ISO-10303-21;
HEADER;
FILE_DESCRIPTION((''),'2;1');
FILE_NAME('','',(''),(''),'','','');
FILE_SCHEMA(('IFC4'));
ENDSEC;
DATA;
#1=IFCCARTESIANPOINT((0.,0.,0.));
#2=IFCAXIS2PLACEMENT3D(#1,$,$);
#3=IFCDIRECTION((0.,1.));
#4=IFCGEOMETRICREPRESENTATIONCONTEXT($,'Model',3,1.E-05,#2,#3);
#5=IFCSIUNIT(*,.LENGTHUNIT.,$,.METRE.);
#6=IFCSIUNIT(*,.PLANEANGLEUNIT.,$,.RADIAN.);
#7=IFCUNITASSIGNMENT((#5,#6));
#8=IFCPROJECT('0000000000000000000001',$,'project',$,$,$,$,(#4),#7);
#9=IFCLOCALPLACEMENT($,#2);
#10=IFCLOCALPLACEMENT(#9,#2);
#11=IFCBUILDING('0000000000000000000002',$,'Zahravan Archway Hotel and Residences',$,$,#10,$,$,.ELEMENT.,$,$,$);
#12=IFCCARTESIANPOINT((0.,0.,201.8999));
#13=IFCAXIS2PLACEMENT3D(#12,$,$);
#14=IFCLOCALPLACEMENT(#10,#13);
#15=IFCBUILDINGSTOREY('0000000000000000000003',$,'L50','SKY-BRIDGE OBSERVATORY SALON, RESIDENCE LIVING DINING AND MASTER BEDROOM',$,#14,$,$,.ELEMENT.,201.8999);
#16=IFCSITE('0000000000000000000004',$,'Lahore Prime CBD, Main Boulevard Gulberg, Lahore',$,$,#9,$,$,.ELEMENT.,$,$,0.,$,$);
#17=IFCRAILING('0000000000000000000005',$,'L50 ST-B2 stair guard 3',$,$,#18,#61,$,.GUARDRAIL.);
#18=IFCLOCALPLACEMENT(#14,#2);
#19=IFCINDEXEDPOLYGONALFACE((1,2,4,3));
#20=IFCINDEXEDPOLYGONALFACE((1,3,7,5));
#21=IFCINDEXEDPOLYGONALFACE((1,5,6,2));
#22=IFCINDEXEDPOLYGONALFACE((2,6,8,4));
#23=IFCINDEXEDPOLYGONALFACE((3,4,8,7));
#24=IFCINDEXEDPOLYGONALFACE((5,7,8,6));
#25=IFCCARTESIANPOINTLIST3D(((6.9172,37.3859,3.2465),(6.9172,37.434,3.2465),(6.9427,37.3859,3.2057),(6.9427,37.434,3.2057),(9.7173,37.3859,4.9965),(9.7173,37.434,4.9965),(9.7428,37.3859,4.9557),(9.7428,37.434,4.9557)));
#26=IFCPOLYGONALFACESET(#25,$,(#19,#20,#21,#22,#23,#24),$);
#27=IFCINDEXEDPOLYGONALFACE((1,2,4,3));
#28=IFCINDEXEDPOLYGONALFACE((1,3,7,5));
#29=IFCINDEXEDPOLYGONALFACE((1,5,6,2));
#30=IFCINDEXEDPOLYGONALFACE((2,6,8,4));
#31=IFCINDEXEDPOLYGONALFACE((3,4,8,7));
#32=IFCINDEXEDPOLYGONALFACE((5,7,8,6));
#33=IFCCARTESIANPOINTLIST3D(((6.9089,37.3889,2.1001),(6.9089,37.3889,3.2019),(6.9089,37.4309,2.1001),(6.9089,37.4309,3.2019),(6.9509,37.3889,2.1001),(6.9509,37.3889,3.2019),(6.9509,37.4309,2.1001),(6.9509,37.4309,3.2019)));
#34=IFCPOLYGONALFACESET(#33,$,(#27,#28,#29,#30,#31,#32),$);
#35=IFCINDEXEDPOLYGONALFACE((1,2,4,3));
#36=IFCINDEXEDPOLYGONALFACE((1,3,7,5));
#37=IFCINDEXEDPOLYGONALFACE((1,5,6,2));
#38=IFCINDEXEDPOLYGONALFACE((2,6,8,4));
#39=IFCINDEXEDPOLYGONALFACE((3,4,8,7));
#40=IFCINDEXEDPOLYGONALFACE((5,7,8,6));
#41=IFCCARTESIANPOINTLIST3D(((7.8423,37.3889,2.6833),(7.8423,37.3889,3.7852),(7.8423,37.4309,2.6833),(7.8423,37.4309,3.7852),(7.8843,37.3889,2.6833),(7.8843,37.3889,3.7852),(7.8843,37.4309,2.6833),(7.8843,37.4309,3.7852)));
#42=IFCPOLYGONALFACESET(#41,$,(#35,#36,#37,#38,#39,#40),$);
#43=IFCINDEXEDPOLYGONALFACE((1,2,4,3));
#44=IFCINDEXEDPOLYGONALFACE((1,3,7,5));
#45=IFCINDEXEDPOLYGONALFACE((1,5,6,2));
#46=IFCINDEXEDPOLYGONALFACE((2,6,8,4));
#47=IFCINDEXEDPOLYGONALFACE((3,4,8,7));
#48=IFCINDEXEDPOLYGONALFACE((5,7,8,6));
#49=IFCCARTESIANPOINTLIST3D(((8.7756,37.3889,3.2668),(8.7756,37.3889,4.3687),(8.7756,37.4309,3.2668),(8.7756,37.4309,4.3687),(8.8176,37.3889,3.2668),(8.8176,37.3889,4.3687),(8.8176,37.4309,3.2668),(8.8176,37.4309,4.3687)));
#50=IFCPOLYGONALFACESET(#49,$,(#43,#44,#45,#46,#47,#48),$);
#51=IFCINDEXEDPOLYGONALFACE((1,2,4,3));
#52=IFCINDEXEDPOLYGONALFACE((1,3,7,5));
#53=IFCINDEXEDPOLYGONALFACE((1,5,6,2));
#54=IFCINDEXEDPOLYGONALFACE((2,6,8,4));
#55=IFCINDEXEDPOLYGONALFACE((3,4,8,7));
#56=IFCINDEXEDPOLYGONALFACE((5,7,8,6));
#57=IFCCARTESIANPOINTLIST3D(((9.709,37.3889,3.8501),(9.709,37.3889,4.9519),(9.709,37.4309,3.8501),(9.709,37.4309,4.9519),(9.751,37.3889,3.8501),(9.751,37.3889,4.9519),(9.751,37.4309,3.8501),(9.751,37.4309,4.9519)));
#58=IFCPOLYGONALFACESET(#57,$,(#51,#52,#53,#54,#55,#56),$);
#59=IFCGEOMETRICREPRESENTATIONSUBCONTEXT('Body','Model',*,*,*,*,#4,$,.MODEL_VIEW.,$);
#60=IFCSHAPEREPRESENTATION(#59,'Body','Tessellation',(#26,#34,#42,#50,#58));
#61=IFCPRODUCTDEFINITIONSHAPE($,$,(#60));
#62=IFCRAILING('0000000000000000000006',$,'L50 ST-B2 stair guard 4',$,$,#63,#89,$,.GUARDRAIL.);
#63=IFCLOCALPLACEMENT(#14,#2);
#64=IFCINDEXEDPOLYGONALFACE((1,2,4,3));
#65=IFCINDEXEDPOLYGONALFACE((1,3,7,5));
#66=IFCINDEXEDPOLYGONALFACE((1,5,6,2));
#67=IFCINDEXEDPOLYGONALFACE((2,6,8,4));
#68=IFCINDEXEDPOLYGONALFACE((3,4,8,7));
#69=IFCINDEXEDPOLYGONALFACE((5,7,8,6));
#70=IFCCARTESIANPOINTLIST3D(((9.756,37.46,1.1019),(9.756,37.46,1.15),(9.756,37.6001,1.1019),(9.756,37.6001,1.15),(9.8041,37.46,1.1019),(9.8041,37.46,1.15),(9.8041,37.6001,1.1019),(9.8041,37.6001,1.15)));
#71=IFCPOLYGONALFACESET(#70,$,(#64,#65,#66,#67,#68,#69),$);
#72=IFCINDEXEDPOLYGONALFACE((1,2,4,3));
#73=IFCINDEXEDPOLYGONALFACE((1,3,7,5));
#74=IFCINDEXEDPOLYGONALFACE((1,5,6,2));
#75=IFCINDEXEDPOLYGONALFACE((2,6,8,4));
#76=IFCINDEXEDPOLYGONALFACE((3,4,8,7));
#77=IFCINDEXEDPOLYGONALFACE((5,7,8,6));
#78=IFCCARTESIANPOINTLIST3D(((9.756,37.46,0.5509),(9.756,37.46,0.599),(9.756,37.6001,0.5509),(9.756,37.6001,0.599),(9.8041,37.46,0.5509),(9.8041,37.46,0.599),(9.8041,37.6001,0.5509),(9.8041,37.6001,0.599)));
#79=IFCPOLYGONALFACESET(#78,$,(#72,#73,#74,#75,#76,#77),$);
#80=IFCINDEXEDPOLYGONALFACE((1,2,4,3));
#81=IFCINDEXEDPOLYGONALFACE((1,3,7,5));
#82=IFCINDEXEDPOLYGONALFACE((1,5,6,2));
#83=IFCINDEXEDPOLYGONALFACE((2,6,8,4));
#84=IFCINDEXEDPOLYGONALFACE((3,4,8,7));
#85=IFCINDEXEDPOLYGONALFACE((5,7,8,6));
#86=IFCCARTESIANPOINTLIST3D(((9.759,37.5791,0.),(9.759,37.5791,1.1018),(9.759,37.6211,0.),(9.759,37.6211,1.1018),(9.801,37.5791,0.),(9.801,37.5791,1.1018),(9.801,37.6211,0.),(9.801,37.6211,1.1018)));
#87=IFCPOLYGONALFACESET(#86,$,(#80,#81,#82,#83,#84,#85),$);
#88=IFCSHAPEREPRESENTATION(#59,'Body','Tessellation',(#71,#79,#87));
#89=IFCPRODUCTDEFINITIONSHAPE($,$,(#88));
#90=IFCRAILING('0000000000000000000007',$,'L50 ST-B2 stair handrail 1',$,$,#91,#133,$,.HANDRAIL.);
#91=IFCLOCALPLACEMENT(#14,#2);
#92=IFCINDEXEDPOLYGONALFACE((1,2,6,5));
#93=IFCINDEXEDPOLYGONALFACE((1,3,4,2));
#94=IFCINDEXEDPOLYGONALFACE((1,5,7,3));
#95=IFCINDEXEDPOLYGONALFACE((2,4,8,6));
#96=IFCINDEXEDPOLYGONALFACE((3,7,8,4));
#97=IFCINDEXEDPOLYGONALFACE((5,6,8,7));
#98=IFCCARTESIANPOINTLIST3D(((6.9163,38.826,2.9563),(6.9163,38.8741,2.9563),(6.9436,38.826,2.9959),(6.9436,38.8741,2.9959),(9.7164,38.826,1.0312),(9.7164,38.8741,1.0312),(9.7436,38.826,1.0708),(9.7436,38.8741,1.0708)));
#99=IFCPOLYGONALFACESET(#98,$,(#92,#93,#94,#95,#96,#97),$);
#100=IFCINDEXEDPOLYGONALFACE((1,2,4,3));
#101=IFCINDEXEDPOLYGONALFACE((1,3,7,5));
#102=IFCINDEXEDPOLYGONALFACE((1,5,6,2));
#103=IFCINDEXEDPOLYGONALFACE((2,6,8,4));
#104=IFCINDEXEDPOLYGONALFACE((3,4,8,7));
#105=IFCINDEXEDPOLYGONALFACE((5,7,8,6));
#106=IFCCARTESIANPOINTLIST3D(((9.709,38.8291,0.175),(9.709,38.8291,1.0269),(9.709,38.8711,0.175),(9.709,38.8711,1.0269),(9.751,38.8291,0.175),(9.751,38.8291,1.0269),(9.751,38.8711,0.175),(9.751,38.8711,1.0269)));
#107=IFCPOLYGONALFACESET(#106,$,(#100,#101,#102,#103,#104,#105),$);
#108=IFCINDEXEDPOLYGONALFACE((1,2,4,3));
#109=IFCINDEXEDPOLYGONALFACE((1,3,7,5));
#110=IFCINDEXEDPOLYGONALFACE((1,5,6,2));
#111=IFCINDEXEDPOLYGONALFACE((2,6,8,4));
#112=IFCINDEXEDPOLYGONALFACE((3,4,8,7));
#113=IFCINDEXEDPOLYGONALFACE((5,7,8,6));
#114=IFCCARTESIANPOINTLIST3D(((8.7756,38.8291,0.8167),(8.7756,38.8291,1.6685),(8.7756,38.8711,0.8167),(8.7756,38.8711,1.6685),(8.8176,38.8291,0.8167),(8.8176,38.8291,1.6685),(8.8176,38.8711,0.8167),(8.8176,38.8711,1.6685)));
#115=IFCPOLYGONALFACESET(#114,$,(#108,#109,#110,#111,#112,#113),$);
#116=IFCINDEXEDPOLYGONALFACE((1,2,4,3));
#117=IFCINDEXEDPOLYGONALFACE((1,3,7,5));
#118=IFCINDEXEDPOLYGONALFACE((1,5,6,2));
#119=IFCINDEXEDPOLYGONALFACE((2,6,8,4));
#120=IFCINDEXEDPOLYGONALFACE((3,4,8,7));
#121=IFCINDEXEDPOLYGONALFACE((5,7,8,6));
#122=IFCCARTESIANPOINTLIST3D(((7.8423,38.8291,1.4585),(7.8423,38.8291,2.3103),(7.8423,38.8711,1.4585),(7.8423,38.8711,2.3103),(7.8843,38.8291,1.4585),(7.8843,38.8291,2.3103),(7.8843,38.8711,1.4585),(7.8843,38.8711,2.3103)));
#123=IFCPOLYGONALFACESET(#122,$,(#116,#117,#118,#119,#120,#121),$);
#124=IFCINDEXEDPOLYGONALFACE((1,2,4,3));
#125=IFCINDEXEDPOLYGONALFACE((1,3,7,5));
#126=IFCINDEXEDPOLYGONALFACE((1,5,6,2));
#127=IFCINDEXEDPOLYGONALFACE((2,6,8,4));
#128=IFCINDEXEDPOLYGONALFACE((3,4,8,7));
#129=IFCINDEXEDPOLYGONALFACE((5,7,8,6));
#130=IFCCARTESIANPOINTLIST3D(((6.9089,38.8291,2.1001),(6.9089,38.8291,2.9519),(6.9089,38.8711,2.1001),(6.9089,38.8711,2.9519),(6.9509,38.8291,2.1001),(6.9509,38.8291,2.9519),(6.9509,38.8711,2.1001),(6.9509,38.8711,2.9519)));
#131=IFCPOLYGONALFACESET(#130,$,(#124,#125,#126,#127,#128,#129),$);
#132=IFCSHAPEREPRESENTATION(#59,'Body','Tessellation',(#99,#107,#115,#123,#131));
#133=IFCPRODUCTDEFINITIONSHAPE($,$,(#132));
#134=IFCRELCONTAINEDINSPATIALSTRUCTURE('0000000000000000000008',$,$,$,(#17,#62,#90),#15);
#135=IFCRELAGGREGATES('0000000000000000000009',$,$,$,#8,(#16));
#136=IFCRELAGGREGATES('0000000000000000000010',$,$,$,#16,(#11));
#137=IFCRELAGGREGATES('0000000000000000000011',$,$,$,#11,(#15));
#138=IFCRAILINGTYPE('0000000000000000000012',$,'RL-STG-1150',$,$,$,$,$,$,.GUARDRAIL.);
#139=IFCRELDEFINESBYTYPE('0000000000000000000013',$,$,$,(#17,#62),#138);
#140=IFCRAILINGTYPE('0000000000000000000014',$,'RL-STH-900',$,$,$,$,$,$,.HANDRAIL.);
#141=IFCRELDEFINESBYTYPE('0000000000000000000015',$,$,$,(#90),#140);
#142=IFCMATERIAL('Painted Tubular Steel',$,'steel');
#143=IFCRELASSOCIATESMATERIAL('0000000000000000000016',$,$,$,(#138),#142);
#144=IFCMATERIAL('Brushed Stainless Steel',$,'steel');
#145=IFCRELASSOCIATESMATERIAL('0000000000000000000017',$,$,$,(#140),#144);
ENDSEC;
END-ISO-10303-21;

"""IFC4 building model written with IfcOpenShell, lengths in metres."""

from ifc_helpers import new_model, si_unit, direction, frame, origin, origin_2d, place, context, subcontext, project, spatial, rectangle, extrude, material, type_object, element, save


model = new_model("IFC4")

# Units and contexts
model_context = context("Model", 3, precision=1e-05, world=origin(), true_north=direction((0.0, 1.0)))
body_context = subcontext(model_context, "Body", "Model", "MODEL_VIEW")
ifc_project = project(units=[si_unit("LENGTHUNIT", "METRE"), si_unit("PLANEANGLEUNIT", "RADIAN")], contexts=[model_context])

# Site, building, storey
site_placement = place(None, origin())
site = spatial("IfcSite", under=ifc_project, at=site_placement, Name="Lahore Prime CBD, Main Boulevard Gulberg, Lahore", CompositionType="ELEMENT", RefElevation=0.0)
building_placement = place(site_placement, origin())
building = spatial("IfcBuilding", under=site, at=building_placement, Name="Zahravan Archway Hotel and Residences", CompositionType="ELEMENT")
storey_placement = place(building_placement, frame((0.0, 0.0, 201.8999)))
storey = spatial("IfcBuildingStorey", under=building, at=storey_placement, Name="L50", Description="SKY-BRIDGE OBSERVATORY SALON, RESIDENCE LIVING DINING AND MASTER BEDROOM", CompositionType="ELEMENT", Elevation=201.8999)

# Railings
ifc_material_1 = material(Name="Painted Tubular Steel", Category="steel")
railing_type_1 = type_object("IfcRailingType", Name="RL-STG-1150", PredefinedType="GUARDRAIL", material=ifc_material_1)
railing_1_placement = place(storey_placement, frame((6.9299, 37.4099, 2.1001)))
element("IfcRailing", 1, at=railing_1_placement, inside=storey, type_object=railing_type_1, Name="L50 ST-B2 stair guard 3", PredefinedType="GUARDRAIL", context=body_context, shape_type="SweptSolid", body=[
    extrude(rectangle(XDim=0.0481, YDim=0.0481, at=origin_2d()), frame((0.0, 0.0, 1.126), z_axis=(0.848002, 0.0, 0.529992), x_axis=(0.0, 1.0, 0.0)), (0.0, 0.0, 1.0), 3.302),
    extrude(rectangle(XDim=0.042, YDim=0.042, at=origin_2d()), origin(), (0.0, 0.0, 1.0), 1.1018),
    extrude(rectangle(XDim=0.042, YDim=0.042, at=origin_2d()), frame((0.9333, 0.0, 0.5833)), (0.0, 0.0, 1.0), 1.1018),
    extrude(rectangle(XDim=0.042, YDim=0.042, at=origin_2d()), frame((1.8667, 0.0, 1.1667)), (0.0, 0.0, 1.0), 1.1018),
    extrude(rectangle(XDim=0.042, YDim=0.042, at=origin_2d()), frame((2.8, 0.0, 1.75)), (0.0, 0.0, 1.0), 1.1018),
])
railing_2_placement = place(storey_placement, frame((9.78, 37.6001, 0.0)))
element("IfcRailing", 2, at=railing_2_placement, inside=storey, type_object=railing_type_1, Name="L50 ST-B2 stair guard 4", PredefinedType="GUARDRAIL", context=body_context, shape_type="SweptSolid", body=[
    extrude(rectangle(XDim=0.0481, YDim=0.0481, at=origin_2d()), frame((0.0, 0.0, 1.126), z_axis=(0.0, -1.0, 0.0), x_axis=(1.0, 0.0, 0.0)), (0.0, 0.0, 1.0), 0.1401),
    extrude(rectangle(XDim=0.0481, YDim=0.0481, at=origin_2d()), frame((0.0, 0.0, 0.575), z_axis=(0.0, -1.0, 0.0), x_axis=(1.0, 0.0, 0.0)), (0.0, 0.0, 1.0), 0.1401),
    extrude(rectangle(XDim=0.042, YDim=0.042, at=origin_2d()), origin(), (0.0, 0.0, 1.0), 1.1018),
])
ifc_material_2 = material(Name="Brushed Stainless Steel", Category="steel")
railing_type_2 = type_object("IfcRailingType", Name="RL-STH-900", PredefinedType="HANDRAIL", material=ifc_material_2)
railing_3_placement = place(storey_placement, frame((9.73, 38.8501, 0.175)))
element("IfcRailing", 3, at=railing_3_placement, inside=storey, type_object=railing_type_2, Name="L50 ST-B2 stair handrail 1", PredefinedType="HANDRAIL", context=body_context, shape_type="SweptSolid", body=[
    extrude(rectangle(XDim=0.0481, YDim=0.0481, at=origin_2d()), frame((0.0, 0.0, 0.876), z_axis=(-0.82404, 0.0, 0.566532), x_axis=(0.0, -1.0, 0.0)), (0.0, 0.0, 1.0), 3.3979),
    extrude(rectangle(XDim=0.042, YDim=0.042, at=origin_2d()), origin(), (0.0, 0.0, 1.0), 0.8518),
    extrude(rectangle(XDim=0.042, YDim=0.042, at=origin_2d()), frame((-0.9333, 0.0, 0.6416)), (0.0, 0.0, 1.0), 0.8518),
    extrude(rectangle(XDim=0.042, YDim=0.042, at=origin_2d()), frame((-1.8667, 0.0, 1.2834)), (0.0, 0.0, 1.0), 0.8518),
    extrude(rectangle(XDim=0.042, YDim=0.042, at=origin_2d()), frame((-2.8, 0.0, 1.925)), (0.0, 0.0, 1.0), 0.8518),
])

save(model, "model.ifc")
